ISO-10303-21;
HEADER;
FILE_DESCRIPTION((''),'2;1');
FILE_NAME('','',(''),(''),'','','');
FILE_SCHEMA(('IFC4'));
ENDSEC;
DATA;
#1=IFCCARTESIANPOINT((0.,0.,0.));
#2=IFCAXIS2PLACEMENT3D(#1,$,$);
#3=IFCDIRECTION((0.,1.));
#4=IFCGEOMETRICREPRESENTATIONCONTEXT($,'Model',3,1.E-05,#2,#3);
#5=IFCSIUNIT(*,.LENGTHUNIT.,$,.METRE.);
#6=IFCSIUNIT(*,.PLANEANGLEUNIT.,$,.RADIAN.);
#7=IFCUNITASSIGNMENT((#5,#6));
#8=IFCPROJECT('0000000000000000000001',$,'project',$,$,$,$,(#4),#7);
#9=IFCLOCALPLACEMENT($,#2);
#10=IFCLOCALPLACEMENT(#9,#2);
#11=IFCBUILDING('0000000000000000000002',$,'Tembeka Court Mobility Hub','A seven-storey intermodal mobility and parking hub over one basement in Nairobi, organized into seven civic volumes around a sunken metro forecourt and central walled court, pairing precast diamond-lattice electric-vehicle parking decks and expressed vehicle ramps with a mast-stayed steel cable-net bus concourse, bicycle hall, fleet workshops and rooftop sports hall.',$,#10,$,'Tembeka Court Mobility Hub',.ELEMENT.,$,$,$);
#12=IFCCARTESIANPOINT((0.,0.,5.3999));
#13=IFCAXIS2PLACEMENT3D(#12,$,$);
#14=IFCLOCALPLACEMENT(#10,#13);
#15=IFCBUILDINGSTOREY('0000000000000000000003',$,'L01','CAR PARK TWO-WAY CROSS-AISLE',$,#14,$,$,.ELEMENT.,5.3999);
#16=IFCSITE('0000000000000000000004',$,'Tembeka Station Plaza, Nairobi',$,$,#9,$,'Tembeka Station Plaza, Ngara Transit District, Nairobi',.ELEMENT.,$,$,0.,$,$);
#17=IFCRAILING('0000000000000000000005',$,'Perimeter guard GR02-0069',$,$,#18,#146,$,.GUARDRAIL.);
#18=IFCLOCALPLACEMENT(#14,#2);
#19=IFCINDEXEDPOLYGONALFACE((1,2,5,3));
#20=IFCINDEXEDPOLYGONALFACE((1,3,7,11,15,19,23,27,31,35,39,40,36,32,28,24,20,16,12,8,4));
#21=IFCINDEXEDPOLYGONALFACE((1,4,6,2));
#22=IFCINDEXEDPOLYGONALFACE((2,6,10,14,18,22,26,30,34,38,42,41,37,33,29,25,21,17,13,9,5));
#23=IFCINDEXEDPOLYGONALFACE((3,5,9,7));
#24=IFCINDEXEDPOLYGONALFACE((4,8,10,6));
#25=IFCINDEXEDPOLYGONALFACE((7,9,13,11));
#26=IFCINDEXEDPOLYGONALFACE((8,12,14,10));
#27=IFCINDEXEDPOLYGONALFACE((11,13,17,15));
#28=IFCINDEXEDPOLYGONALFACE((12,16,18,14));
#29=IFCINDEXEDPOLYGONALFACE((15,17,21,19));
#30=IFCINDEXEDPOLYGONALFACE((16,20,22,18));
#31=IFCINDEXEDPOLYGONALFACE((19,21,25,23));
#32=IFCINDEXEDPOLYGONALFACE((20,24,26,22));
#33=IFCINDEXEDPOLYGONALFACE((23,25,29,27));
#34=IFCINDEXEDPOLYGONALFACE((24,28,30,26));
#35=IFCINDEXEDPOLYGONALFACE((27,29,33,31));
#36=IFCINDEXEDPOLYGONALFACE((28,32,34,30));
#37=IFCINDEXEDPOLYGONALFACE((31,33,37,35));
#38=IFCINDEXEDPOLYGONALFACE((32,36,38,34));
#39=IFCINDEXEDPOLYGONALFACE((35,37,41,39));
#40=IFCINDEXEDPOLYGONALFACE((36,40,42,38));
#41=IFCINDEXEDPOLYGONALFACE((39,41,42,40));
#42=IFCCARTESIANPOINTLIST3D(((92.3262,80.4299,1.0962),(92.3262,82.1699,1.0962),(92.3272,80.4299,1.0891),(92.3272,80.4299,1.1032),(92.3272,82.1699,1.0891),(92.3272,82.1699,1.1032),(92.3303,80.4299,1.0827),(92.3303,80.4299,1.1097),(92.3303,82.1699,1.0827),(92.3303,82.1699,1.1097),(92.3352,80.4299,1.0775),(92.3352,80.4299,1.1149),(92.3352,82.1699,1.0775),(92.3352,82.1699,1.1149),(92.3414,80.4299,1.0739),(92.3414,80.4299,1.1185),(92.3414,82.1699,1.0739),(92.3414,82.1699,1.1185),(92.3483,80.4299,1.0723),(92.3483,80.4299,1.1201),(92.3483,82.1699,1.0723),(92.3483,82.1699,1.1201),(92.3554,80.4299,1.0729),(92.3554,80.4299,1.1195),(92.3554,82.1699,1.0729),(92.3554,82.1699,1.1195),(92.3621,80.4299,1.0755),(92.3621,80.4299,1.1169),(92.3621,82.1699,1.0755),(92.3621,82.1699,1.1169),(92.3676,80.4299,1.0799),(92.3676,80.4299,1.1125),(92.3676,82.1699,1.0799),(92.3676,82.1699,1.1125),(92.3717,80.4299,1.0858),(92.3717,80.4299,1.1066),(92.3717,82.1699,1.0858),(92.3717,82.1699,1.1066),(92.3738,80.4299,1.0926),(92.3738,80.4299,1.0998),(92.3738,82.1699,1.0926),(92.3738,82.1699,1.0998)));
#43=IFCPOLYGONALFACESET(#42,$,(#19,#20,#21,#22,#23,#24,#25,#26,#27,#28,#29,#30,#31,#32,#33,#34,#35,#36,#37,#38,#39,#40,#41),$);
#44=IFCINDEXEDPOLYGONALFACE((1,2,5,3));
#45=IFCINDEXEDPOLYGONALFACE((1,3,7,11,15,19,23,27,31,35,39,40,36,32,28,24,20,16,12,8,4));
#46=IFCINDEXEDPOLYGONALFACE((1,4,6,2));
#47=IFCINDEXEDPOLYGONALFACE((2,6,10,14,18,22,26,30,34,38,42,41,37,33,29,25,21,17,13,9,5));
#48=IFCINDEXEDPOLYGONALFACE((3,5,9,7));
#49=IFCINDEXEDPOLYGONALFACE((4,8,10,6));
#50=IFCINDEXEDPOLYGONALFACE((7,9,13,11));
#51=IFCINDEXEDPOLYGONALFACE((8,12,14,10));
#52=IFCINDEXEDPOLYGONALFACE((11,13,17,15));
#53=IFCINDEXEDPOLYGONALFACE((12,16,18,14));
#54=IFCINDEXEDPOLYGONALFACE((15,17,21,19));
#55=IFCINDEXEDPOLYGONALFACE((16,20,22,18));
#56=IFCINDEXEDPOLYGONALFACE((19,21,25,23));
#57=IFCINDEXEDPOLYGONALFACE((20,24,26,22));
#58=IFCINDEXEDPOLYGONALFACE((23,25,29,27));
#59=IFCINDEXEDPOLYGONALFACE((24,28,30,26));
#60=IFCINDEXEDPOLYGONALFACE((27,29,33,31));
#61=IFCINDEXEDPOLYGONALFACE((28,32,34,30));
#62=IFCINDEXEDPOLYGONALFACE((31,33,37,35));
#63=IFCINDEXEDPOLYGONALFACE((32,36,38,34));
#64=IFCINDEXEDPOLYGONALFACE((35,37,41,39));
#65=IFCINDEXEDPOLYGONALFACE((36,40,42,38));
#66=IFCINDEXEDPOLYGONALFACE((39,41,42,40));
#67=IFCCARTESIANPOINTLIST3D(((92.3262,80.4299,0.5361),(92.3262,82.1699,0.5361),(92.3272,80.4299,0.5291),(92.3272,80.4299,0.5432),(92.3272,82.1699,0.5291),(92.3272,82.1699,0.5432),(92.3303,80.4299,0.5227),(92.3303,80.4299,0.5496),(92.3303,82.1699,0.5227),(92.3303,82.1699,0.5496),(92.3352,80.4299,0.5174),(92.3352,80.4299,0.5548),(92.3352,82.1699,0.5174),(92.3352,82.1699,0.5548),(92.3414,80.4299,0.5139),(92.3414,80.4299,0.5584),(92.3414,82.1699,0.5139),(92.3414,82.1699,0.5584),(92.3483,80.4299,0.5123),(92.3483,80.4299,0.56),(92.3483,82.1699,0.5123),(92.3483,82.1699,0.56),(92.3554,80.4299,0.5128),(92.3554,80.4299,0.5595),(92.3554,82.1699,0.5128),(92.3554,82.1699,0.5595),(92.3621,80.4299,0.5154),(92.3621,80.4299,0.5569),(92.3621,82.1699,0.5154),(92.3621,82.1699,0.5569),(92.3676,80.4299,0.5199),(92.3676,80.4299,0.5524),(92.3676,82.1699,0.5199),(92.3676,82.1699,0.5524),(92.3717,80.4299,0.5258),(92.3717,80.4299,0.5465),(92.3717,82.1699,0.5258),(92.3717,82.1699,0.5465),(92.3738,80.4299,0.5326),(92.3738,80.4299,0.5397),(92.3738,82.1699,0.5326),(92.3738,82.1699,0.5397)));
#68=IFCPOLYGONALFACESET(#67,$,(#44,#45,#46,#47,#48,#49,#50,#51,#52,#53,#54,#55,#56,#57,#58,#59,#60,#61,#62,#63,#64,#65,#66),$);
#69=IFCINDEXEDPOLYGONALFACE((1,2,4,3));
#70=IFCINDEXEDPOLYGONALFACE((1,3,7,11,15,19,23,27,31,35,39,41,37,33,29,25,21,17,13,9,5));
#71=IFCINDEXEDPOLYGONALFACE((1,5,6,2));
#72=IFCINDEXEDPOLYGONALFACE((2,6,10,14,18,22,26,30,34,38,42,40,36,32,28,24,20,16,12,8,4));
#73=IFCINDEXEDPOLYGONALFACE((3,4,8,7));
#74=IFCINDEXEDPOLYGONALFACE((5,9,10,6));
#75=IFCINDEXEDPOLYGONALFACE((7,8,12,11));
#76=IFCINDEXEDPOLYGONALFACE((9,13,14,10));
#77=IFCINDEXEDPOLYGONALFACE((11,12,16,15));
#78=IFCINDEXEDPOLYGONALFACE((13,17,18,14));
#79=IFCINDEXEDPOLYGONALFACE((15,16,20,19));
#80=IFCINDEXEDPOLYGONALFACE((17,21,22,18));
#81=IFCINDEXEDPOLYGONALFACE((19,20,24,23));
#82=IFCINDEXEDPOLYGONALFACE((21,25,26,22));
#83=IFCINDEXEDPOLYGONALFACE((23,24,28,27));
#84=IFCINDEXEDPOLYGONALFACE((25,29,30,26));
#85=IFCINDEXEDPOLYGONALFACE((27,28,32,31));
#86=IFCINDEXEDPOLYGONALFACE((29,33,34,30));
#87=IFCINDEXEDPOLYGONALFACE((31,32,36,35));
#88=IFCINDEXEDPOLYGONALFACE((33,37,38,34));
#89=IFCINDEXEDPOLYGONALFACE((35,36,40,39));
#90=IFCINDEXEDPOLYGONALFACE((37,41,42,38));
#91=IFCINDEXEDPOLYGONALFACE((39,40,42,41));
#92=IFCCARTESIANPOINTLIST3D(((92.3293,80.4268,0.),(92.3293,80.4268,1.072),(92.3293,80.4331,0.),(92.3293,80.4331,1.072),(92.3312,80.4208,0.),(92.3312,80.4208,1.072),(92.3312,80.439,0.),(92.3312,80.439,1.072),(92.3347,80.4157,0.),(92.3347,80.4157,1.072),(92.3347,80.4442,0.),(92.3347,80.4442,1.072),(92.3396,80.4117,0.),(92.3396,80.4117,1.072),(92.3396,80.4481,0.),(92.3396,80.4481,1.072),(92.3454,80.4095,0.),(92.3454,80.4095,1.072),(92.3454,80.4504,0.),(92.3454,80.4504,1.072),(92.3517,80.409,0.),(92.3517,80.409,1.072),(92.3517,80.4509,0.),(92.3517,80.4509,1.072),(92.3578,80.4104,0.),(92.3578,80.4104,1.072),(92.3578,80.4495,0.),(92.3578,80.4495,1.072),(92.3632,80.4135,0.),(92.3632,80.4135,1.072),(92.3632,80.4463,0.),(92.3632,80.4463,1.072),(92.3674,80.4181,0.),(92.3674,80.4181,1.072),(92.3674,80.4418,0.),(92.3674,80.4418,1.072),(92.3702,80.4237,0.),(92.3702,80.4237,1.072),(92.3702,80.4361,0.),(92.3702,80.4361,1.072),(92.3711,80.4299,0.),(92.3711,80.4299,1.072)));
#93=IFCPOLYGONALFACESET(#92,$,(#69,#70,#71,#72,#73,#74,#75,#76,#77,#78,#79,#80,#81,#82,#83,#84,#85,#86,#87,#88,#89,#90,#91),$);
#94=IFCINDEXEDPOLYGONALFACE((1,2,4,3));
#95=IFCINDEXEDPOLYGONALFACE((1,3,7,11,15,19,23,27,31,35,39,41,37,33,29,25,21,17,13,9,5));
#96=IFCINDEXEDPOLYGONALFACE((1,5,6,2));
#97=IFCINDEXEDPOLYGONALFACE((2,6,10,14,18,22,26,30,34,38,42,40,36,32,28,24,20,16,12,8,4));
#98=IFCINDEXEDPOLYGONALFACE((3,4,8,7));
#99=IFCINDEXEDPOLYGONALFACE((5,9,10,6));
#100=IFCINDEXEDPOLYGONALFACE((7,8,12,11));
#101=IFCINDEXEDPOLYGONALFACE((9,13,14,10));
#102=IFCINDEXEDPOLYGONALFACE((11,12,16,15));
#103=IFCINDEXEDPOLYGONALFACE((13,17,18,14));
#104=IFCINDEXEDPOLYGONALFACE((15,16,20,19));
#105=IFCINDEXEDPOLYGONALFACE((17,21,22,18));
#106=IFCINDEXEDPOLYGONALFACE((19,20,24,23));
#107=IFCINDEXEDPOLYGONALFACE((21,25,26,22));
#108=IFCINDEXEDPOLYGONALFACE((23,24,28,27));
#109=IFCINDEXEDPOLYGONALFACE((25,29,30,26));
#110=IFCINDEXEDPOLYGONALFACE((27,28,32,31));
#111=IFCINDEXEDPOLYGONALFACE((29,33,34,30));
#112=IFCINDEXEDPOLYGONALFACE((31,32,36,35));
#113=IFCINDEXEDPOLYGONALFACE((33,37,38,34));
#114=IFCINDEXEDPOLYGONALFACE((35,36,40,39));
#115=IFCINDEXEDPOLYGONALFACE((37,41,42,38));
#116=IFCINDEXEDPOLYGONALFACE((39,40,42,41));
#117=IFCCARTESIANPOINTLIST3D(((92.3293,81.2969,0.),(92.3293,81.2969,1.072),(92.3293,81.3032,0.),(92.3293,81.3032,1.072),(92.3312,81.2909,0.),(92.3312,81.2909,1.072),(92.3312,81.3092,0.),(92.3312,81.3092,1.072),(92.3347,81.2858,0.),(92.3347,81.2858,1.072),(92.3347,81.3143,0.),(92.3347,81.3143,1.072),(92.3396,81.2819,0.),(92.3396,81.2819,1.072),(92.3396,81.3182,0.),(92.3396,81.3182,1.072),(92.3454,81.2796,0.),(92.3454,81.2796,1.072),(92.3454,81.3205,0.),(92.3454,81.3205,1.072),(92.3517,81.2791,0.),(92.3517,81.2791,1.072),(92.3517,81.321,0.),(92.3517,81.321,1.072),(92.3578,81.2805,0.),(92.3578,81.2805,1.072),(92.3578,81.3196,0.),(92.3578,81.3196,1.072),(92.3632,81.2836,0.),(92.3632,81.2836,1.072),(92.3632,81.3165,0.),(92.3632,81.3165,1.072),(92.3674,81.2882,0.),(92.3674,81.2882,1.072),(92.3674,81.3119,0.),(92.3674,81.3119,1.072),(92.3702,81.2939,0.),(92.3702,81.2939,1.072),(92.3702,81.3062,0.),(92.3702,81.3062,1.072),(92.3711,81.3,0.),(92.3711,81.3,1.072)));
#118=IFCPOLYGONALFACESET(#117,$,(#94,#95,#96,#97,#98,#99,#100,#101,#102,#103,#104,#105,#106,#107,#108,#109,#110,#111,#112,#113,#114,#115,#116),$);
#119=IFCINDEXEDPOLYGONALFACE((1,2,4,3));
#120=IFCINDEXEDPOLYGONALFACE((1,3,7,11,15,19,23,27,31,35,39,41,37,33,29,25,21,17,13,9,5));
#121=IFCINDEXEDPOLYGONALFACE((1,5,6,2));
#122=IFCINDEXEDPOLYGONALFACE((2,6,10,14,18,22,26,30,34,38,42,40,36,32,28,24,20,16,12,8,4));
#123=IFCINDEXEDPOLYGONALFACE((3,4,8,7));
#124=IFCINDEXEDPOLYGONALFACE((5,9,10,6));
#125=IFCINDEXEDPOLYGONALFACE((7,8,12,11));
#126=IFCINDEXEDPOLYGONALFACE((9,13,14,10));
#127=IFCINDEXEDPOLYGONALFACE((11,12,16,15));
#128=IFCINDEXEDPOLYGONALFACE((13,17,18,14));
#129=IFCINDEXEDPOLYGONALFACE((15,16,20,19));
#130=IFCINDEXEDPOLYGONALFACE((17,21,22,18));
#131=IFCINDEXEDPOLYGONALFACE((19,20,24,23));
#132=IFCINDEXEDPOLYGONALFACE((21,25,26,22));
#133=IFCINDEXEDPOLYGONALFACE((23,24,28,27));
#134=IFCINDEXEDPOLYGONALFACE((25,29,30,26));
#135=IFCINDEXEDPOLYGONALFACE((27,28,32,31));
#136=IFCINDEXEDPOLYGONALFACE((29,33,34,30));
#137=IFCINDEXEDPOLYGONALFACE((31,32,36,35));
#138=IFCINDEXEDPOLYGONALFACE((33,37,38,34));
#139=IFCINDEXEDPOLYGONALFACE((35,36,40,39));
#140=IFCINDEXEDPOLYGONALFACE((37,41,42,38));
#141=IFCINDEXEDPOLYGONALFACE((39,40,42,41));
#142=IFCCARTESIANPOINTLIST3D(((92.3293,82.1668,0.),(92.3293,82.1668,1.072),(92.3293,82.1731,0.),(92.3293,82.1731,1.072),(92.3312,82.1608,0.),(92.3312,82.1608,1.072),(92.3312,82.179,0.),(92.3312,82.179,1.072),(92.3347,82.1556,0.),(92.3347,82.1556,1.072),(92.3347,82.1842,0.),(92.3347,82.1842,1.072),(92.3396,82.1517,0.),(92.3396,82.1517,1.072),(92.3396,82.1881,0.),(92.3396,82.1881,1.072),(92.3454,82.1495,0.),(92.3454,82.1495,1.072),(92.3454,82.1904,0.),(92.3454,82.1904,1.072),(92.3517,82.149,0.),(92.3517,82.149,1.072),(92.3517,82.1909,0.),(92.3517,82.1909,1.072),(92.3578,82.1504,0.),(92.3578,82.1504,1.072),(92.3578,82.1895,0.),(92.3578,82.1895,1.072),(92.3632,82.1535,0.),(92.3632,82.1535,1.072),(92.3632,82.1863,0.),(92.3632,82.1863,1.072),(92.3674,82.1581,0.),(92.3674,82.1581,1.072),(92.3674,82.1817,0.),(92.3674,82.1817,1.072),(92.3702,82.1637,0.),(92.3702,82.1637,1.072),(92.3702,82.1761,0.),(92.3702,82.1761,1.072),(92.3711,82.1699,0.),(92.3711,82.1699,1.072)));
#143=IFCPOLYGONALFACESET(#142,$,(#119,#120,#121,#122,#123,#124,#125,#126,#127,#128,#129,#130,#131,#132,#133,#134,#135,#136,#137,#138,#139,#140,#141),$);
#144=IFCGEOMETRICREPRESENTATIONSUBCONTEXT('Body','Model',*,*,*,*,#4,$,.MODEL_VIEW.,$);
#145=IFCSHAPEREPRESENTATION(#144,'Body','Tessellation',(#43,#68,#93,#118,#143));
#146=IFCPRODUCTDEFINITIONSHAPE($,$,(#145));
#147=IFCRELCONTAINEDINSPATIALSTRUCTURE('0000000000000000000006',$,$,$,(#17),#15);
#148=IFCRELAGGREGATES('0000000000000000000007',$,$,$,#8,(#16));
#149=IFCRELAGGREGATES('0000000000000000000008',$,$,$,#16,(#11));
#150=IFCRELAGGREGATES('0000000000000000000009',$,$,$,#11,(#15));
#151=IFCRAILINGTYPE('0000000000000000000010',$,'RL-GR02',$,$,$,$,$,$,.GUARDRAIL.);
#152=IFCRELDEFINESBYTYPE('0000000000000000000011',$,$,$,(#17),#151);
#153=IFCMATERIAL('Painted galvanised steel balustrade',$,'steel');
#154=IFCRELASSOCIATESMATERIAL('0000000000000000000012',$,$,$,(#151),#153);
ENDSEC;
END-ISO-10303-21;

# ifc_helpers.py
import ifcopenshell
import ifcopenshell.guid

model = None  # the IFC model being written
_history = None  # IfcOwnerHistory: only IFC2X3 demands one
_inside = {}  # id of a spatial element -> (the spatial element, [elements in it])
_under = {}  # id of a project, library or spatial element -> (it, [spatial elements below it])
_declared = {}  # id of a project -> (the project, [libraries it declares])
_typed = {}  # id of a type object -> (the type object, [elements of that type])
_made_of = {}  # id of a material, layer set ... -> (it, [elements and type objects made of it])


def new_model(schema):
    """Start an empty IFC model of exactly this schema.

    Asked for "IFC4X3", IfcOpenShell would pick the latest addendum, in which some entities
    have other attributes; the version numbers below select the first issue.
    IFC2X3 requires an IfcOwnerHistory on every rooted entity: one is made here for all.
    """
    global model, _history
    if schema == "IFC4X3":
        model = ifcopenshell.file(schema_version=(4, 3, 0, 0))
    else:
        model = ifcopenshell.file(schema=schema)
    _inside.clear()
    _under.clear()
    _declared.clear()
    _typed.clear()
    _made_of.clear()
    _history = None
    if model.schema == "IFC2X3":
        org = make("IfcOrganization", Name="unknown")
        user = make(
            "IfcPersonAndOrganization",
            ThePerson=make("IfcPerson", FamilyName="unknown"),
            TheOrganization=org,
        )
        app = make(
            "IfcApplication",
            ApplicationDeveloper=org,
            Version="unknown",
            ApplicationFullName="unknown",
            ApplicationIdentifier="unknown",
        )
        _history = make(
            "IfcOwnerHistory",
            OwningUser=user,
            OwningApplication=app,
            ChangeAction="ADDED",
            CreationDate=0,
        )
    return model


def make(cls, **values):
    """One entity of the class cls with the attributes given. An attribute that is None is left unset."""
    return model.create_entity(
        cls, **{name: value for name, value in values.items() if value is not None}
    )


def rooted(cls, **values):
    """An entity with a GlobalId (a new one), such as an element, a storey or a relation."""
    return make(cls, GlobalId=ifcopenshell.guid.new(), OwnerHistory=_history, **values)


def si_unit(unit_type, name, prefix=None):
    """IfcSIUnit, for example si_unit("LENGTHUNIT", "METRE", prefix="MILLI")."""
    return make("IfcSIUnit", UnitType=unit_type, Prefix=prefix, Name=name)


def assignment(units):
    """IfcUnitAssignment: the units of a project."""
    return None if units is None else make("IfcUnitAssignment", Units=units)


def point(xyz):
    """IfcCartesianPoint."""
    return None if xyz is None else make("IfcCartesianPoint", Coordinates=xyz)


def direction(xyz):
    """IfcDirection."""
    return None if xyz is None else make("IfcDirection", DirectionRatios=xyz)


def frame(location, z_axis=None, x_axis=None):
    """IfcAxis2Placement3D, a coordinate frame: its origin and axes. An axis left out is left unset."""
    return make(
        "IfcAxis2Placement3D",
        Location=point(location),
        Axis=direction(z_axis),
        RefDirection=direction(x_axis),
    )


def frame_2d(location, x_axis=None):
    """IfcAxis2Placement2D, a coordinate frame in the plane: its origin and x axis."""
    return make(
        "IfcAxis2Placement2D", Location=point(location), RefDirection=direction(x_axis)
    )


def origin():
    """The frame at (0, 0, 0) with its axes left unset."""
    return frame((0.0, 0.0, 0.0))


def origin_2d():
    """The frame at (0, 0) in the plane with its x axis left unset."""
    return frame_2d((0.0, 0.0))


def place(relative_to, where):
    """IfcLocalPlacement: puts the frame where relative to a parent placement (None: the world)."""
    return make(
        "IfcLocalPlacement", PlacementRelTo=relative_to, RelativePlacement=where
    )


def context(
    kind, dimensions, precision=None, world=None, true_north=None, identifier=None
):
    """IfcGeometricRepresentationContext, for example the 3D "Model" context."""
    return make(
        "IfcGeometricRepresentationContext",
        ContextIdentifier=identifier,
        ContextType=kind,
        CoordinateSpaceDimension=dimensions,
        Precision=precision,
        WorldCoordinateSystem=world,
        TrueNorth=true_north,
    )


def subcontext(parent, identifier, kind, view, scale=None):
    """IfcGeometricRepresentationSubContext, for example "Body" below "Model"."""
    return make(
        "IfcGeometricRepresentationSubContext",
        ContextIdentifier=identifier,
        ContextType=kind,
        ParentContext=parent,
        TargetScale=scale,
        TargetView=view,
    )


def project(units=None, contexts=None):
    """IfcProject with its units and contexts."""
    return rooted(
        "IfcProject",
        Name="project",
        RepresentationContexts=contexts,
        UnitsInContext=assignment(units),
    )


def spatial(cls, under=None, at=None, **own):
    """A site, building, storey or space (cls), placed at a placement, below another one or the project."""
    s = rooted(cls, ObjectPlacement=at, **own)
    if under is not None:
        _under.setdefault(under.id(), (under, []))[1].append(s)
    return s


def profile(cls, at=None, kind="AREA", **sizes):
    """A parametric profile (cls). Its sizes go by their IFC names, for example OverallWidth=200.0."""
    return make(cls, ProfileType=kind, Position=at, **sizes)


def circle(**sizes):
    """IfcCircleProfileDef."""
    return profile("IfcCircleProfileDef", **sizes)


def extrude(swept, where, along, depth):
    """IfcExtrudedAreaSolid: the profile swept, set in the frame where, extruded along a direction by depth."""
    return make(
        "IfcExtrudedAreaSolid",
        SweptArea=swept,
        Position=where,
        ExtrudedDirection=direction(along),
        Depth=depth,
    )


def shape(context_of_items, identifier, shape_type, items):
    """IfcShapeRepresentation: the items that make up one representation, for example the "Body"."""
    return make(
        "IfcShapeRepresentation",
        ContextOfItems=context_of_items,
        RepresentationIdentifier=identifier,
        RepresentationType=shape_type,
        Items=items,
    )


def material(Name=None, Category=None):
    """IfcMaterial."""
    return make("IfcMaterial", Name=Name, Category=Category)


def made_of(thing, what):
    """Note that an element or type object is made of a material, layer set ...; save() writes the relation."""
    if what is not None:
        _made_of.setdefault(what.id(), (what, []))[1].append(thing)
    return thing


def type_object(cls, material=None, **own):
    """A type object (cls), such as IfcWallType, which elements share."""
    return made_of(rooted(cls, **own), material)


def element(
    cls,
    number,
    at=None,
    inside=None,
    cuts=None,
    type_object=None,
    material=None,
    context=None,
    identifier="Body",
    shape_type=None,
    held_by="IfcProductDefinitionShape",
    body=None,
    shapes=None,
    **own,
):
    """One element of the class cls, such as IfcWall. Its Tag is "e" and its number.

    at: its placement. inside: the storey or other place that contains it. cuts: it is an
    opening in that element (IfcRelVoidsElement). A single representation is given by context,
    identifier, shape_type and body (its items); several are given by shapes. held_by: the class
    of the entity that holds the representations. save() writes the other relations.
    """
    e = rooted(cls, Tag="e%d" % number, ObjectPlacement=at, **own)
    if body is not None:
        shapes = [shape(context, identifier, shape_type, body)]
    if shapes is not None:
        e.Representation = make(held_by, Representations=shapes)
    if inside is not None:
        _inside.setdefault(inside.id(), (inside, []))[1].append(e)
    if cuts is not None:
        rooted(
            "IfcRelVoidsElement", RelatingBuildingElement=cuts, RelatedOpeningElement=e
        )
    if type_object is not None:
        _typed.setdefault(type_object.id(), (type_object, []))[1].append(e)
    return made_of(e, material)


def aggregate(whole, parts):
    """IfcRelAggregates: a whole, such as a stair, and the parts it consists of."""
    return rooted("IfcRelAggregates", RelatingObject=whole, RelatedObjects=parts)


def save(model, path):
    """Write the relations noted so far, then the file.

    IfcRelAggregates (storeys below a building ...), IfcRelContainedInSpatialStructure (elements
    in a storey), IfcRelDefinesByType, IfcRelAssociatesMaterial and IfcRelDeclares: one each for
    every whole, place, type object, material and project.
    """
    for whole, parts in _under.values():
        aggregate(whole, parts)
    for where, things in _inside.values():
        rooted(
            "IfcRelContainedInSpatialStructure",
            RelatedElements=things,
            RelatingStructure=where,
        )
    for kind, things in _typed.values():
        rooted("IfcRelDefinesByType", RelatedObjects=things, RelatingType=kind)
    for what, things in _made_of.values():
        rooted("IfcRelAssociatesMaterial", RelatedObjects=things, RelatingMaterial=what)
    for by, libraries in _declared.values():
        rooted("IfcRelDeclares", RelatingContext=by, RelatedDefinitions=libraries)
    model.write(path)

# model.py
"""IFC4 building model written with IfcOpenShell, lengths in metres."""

from ifc_helpers import new_model, si_unit, direction, frame, origin, origin_2d, place, context, subcontext, project, spatial, circle, extrude, material, type_object, element, save


model = new_model("IFC4")

# Units and contexts
model_context = context("Model", 3, precision=1e-05, world=origin(), true_north=direction((0.0, 1.0)))
body_context = subcontext(model_context, "Body", "Model", "MODEL_VIEW")
ifc_project = project(units=[si_unit("LENGTHUNIT", "METRE"), si_unit("PLANEANGLEUNIT", "RADIAN")], contexts=[model_context])

# Site, building, storey
site_placement = place(None, origin())
site = spatial("IfcSite", under=ifc_project, at=site_placement, Name="Tembeka Station Plaza, Nairobi", LongName="Tembeka Station Plaza, Ngara Transit District, Nairobi", CompositionType="ELEMENT", RefElevation=0.0)
building_placement = place(site_placement, origin())
building = spatial("IfcBuilding", under=site, at=building_placement, Name="Tembeka Court Mobility Hub", Description="A seven-storey intermodal mobility and parking hub over one basement in Nairobi, organized into seven civic volumes around a sunken metro forecourt and central walled court, pairing precast diamond-lattice electric-vehicle parking decks and expressed vehicle ramps with a mast-stayed steel cable-net bus concourse, bicycle hall, fleet workshops and rooftop sports hall.", LongName="Tembeka Court Mobility Hub", CompositionType="ELEMENT")
storey_placement = place(building_placement, frame((0.0, 0.0, 5.3999)))
storey = spatial("IfcBuildingStorey", under=building, at=storey_placement, Name="L01", Description="CAR PARK TWO-WAY CROSS-AISLE", CompositionType="ELEMENT", Elevation=5.3999)

# Railing
ifc_material_1 = material(Name="Painted galvanised steel balustrade", Category="steel")
railing_type_1 = type_object("IfcRailingType", Name="RL-GR02", PredefinedType="GUARDRAIL", material=ifc_material_1)
railing_1_placement = place(storey_placement, frame((92.3501, 80.4299, 0.0)))
element("IfcRailing", 1, at=railing_1_placement, inside=storey, type_object=railing_type_1, Name="Perimeter guard GR02-0069", PredefinedType="GUARDRAIL", context=body_context, shape_type="SweptSolid", body=[
    extrude(circle(Radius=0.0239, at=origin_2d()), frame((0.0, 0.0, 1.0962), z_axis=(0.0, 1.0, 0.0), x_axis=(-1.0, 0.0, 0.0)), (0.0, 0.0, 1.0), 1.74),
    extrude(circle(Radius=0.0239, at=origin_2d()), frame((0.0, 0.0, 0.5361), z_axis=(0.0, 1.0, 0.0), x_axis=(-1.0, 0.0, 0.0)), (0.0, 0.0, 1.0), 1.74),
    extrude(circle(Radius=0.021, at=origin_2d()), origin(), (0.0, 0.0, 1.0), 1.072),
    extrude(circle(Radius=0.021, at=origin_2d()), frame((0.0, 0.8701, 0.0)), (0.0, 0.0, 1.0), 1.072),
    extrude(circle(Radius=0.021, at=origin_2d()), frame((0.0, 1.74, 0.0)), (0.0, 0.0, 1.0), 1.072),
])

save(model, "model.ifc")
